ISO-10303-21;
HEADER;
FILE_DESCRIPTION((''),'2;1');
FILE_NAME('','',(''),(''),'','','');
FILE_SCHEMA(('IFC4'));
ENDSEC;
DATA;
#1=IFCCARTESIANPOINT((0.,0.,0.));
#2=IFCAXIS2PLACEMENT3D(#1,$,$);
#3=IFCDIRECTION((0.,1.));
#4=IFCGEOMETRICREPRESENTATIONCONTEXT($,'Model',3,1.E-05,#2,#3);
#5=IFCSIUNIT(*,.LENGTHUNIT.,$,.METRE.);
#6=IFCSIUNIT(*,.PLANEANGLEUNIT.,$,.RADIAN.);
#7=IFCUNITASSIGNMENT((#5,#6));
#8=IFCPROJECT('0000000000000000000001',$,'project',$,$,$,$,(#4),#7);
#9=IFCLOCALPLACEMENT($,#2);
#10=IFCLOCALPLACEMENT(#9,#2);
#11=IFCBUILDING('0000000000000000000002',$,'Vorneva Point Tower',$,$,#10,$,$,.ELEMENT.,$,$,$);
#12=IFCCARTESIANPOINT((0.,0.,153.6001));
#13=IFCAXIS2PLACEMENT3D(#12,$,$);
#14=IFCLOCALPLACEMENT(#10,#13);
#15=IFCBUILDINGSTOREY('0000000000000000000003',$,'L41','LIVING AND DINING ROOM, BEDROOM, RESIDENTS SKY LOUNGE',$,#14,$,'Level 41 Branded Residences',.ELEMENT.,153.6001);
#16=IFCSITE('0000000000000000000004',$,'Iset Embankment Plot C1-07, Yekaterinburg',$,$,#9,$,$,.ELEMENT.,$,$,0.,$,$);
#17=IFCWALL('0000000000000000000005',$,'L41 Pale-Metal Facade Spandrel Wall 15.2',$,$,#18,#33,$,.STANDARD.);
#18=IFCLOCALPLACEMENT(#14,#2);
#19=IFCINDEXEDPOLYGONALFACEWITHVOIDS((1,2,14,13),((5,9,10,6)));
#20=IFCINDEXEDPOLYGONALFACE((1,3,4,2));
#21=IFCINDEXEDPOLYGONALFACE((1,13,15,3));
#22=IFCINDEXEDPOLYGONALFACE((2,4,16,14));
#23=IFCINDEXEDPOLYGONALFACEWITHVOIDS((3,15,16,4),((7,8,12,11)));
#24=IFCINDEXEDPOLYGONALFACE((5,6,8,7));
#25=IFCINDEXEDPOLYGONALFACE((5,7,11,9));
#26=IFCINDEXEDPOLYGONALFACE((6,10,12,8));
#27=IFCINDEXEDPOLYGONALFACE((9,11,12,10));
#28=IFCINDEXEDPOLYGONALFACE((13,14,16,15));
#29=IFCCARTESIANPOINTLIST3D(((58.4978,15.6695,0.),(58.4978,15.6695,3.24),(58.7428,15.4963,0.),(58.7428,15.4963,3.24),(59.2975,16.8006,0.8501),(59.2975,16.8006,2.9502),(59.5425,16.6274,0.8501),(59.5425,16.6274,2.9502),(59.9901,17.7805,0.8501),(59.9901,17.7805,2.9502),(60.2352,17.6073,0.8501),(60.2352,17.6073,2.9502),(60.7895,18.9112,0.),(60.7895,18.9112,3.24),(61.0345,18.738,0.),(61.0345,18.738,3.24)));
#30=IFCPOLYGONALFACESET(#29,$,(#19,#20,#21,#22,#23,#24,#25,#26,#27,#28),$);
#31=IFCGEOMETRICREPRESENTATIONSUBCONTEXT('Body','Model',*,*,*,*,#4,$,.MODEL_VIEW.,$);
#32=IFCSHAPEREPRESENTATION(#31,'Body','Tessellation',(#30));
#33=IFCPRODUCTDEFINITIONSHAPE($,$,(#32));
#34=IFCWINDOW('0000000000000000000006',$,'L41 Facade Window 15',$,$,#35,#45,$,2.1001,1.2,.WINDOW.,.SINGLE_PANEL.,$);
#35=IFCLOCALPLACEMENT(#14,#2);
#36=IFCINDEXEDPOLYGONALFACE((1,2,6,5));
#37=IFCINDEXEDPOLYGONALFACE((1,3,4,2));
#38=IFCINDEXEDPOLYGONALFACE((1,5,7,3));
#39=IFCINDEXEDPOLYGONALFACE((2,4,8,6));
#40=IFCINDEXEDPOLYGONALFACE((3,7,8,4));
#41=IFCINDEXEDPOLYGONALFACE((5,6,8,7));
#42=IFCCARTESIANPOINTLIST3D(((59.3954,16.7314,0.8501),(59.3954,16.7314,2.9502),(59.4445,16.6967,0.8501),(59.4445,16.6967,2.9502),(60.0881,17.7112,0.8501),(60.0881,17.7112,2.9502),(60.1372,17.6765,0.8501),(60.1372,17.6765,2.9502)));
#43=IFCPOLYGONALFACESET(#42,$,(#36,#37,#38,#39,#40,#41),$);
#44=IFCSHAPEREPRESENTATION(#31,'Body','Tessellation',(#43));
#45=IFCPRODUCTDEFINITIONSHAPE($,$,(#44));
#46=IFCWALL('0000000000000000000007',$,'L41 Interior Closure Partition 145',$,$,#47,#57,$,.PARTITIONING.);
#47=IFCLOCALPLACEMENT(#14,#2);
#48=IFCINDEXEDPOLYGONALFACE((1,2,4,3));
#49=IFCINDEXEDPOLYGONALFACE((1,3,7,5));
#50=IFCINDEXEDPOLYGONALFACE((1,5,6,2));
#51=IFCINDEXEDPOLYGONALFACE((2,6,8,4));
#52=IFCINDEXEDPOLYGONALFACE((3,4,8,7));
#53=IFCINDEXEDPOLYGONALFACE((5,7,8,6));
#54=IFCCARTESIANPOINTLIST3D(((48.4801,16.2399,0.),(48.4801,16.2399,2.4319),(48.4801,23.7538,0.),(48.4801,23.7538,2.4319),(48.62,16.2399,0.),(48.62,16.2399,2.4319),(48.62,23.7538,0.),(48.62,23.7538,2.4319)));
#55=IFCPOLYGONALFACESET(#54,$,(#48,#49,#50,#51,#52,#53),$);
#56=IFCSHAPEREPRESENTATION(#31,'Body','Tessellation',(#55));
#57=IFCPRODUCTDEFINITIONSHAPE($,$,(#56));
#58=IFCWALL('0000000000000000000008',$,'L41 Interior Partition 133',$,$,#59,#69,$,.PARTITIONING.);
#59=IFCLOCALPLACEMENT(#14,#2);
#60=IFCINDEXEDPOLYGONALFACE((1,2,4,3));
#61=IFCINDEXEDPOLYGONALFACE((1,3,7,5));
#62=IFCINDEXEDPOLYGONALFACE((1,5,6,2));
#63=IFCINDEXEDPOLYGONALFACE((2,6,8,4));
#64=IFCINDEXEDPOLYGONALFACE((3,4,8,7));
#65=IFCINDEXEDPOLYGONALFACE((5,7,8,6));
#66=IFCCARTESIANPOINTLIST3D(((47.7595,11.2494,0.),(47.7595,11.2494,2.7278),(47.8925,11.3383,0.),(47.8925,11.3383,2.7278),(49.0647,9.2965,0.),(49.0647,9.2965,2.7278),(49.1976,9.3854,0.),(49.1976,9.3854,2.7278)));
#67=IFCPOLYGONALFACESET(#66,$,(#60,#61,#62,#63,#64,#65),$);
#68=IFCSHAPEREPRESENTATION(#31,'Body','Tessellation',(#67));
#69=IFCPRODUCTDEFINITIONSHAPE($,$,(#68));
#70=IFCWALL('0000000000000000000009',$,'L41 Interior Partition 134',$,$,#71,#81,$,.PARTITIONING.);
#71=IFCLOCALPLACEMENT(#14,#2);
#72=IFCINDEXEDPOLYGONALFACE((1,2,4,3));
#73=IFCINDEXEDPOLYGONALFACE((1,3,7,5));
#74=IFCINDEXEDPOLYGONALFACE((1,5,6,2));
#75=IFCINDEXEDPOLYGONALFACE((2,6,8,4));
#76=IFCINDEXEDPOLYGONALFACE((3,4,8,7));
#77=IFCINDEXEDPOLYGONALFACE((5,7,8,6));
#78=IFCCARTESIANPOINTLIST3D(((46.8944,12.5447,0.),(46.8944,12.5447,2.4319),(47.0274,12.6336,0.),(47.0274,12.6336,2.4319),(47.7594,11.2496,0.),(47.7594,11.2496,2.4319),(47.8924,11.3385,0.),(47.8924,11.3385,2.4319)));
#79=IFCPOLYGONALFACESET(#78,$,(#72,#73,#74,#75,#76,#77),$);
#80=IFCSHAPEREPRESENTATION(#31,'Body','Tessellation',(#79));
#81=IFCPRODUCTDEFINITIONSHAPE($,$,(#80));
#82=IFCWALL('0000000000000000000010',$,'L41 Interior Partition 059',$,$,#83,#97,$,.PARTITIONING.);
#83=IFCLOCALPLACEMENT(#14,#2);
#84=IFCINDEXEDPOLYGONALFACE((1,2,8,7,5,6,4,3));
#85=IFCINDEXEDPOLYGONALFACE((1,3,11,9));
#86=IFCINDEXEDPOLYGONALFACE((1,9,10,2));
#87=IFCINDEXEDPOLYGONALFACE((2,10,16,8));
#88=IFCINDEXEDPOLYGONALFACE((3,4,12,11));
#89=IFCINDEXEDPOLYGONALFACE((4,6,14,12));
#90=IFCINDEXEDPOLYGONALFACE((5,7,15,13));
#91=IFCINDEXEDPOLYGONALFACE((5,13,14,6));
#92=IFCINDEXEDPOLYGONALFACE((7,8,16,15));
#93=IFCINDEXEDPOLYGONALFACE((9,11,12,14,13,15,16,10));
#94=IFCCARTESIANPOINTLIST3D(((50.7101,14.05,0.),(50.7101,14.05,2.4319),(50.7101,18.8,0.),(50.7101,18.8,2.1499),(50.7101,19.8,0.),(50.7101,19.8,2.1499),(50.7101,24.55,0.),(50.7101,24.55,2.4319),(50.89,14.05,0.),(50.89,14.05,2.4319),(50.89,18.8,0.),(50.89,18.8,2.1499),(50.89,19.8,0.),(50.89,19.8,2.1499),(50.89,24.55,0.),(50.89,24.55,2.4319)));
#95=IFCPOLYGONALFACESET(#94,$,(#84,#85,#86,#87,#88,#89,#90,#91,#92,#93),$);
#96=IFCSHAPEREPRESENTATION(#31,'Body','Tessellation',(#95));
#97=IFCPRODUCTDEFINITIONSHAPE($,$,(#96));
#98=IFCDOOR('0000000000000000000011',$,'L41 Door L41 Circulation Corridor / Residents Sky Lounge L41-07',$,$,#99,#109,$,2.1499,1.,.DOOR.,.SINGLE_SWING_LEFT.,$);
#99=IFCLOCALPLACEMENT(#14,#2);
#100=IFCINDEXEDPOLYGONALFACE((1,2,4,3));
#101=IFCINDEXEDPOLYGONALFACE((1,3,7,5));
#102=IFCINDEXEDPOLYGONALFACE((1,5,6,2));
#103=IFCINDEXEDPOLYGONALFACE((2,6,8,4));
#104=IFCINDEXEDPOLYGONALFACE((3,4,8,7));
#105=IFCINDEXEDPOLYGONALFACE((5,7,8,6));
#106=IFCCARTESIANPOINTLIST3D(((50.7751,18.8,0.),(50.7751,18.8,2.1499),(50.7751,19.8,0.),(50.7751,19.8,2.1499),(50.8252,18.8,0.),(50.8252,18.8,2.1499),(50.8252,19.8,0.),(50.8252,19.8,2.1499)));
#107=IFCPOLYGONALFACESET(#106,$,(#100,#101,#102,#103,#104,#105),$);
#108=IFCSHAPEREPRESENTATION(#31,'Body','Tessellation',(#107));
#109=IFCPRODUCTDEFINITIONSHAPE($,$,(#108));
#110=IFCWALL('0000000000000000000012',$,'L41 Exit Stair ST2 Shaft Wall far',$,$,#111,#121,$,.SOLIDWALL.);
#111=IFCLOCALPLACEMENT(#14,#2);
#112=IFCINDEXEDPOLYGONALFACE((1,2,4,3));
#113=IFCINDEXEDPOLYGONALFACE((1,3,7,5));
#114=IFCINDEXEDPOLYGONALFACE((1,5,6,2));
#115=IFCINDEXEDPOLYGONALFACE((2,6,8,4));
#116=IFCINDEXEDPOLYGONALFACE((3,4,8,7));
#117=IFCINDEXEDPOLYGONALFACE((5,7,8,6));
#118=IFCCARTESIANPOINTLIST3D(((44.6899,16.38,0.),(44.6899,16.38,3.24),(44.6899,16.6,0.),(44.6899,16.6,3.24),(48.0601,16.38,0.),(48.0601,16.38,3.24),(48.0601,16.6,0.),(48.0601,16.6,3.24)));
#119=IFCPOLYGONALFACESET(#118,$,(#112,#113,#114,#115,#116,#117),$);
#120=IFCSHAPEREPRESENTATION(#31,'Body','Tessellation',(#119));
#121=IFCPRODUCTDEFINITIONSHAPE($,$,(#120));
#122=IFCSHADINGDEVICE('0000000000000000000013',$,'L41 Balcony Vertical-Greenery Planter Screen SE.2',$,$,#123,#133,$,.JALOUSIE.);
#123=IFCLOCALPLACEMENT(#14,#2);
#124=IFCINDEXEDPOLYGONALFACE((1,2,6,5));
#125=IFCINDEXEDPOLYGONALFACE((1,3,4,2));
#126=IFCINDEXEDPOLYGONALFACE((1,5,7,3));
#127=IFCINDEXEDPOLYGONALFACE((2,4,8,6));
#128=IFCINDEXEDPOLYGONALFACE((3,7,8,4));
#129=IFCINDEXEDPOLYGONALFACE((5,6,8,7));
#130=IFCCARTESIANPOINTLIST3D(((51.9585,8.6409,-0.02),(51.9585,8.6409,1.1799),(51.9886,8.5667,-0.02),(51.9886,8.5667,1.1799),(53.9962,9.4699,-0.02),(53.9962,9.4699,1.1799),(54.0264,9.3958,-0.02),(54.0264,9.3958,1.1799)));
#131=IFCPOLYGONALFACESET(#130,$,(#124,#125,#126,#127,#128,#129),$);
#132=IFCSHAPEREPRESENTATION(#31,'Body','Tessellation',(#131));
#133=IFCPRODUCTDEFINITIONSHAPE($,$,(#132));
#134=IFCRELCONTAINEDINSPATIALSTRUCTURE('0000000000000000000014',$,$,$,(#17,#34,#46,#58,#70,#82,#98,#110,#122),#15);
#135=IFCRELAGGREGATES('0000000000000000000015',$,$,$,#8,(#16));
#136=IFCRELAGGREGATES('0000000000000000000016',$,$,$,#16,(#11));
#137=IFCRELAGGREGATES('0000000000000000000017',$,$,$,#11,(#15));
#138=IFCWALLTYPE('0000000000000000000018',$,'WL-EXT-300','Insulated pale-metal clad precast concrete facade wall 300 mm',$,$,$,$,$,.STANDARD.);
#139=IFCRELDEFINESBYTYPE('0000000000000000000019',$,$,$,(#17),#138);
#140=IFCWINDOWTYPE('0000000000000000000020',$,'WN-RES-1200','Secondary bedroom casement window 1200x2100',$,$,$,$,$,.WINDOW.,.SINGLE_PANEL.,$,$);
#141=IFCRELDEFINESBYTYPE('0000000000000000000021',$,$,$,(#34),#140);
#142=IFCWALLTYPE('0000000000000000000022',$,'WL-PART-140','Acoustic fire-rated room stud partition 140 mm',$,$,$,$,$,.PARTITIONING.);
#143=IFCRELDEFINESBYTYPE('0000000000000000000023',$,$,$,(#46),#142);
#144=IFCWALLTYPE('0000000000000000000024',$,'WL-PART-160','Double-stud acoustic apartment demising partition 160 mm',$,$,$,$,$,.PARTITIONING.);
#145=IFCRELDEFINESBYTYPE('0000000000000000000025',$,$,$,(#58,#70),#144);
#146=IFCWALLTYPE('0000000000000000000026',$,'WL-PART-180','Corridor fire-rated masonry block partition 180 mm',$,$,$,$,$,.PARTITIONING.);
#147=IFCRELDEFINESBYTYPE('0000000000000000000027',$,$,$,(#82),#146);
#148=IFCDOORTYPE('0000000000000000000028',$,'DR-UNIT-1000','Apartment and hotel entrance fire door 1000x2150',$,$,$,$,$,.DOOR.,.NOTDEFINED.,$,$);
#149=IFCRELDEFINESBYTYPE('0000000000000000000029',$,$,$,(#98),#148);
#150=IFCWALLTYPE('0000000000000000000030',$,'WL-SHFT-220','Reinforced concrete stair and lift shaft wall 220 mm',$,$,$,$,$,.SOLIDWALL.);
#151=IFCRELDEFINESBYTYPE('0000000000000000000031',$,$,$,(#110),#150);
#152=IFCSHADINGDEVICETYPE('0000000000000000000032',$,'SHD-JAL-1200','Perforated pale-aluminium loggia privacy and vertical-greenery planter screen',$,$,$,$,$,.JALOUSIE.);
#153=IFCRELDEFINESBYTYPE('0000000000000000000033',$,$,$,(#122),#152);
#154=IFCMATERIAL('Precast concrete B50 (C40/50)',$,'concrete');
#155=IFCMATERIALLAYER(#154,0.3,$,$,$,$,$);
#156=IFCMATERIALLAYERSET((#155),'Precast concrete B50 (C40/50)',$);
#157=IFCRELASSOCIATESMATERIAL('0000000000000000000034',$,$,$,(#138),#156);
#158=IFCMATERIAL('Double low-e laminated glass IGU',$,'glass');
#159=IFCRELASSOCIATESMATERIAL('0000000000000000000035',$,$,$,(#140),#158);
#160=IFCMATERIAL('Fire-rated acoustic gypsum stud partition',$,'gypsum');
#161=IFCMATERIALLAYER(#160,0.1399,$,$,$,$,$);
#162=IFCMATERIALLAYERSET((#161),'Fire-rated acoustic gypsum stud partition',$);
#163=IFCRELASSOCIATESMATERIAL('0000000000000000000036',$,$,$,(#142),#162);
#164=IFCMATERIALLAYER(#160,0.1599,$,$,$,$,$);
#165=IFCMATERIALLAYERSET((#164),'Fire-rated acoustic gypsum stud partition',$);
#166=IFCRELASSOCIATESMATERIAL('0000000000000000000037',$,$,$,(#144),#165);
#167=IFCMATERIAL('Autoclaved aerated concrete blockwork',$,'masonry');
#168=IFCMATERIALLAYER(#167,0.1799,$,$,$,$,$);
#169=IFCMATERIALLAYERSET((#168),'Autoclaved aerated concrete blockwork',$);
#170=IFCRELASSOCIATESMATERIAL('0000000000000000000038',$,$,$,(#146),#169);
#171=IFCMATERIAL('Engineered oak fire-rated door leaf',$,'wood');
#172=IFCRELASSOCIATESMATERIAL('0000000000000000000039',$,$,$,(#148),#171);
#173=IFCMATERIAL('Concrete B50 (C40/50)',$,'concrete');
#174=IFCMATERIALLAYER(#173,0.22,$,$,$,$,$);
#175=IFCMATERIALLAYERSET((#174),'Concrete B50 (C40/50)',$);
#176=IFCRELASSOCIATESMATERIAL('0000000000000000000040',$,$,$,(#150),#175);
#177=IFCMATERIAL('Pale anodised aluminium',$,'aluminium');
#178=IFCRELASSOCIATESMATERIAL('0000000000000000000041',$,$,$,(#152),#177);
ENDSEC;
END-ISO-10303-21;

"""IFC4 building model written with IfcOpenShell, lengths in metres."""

from ifc_helpers import new_model, si_unit, direction, frame, frame_2d, origin, origin_2d, place, context, subcontext, project, spatial, rectangle, extrude, material, layer, layer_set, type_object, element, fill, save


model = new_model("IFC4")

# Units and contexts
model_context = context("Model", 3, precision=1e-05, world=origin(), true_north=direction((0.0, 1.0)))
body_context = subcontext(model_context, "Body", "Model", "MODEL_VIEW")
ifc_project = project(units=[si_unit("LENGTHUNIT", "METRE"), si_unit("PLANEANGLEUNIT", "RADIAN")], contexts=[model_context])

# Site, building, storey
site_placement = place(None, origin())
site = spatial("IfcSite", under=ifc_project, at=site_placement, Name="Iset Embankment Plot C1-07, Yekaterinburg", CompositionType="ELEMENT", RefElevation=0.0)
building_placement = place(site_placement, origin())
building = spatial("IfcBuilding", under=site, at=building_placement, Name="Vorneva Point Tower", CompositionType="ELEMENT")
storey_placement = place(building_placement, frame((0.0, 0.0, 153.6001)))
storey = spatial("IfcBuildingStorey", under=building, at=storey_placement, Name="L41", Description="LIVING AND DINING ROOM, BEDROOM, RESIDENTS SKY LOUNGE", LongName="Level 41 Branded Residences", CompositionType="ELEMENT", Elevation=153.6001)

# Shared definitions
ifc_material_1 = material(Name="Pale anodised aluminium", Category="aluminium")

# Shared definitions
ifc_material_2 = material(Name="Double low-e laminated glass IGU", Category="glass")

# Shared definitions
ifc_material_3 = material(Name="Precast concrete B50 (C40/50)", Category="concrete")
ifc_layer_1 = layer(ifc_material_3, 0.3)
ifc_layer_set_1 = layer_set([ifc_layer_1], Name="Precast concrete B50 (C40/50)")
wall_type_1 = type_object("IfcWallType", Name="WL-EXT-300", Description="Insulated pale-metal clad precast concrete facade wall 300 mm", PredefinedType="STANDARD", material=ifc_layer_set_1)

# Wall, opening, window
wall_1_placement = place(storey_placement, frame((58.6204, 15.583, 0.0), z_axis=(0.0, 0.0, 1.0), x_axis=(0.57727, 0.816554, 0.0)))
wall_1 = element("IfcWall", 1, at=wall_1_placement, inside=storey, type_object=wall_type_1, Name="L41 Pale-Metal Facade Spandrel Wall 15.2", PredefinedType="STANDARD", context=body_context, shape_type="SweptSolid", body=[
    extrude(rectangle(XDim=3.97, YDim=0.3, at=frame_2d((1.9849, 0.0))), origin(), (0.0, 0.0, 1.0), 3.24),
])
opening_1_placement = place(wall_1_placement, frame((1.385, 0.0, 0.8501)))
opening_1 = element("IfcOpeningElement", 2, at=opening_1_placement, cuts=wall_1, PredefinedType="OPENING", context=body_context, shape_type="SweptSolid", body=[
    extrude(rectangle(XDim=1.2, YDim=2.1001, at=frame_2d((0.6001, 1.05))), frame((0.0, 0.165, 0.0), z_axis=(0.0, -1.0, 0.0), x_axis=(1.0, 0.0, 0.0)), (0.0, 0.0, 1.0), 0.3298),
])
window_type = type_object("IfcWindowType", Name="WN-RES-1200", Description="Secondary bedroom casement window 1200x2100", PartitioningType="SINGLE_PANEL", PredefinedType="WINDOW", material=ifc_material_2)
window_placement = place(opening_1_placement, origin())
window = element("IfcWindow", 3, at=window_placement, inside=storey, type_object=window_type, Name="L41 Facade Window 15", OverallHeight=2.1001, OverallWidth=1.2, PartitioningType="SINGLE_PANEL", PredefinedType="WINDOW", context=body_context, shape_type="SweptSolid", body=[
    extrude(rectangle(XDim=1.2, YDim=2.1001, at=frame_2d((0.6001, 1.05))), frame((0.0, 0.03, 0.0), z_axis=(0.0, -1.0, 0.0), x_axis=(1.0, 0.0, 0.0)), (0.0, 0.0, 1.0), 0.0601),
])
fill(opening_1, window)

# Walls
ifc_material_4 = material(Name="Fire-rated acoustic gypsum stud partition", Category="gypsum")
ifc_layer_2 = layer(ifc_material_4, 0.1399)
ifc_layer_set_2 = layer_set([ifc_layer_2], Name="Fire-rated acoustic gypsum stud partition")
wall_type_2 = type_object("IfcWallType", Name="WL-PART-140", Description="Acoustic fire-rated room stud partition 140 mm", PredefinedType="PARTITIONING", material=ifc_layer_set_2)
wall_2_placement = place(storey_placement, frame((48.55, 16.24, 0.0), z_axis=(0.0, 0.0, 1.0), x_axis=(0.0, 1.0, 0.0)))
element("IfcWall", 4, at=wall_2_placement, inside=storey, type_object=wall_type_2, Name="L41 Interior Closure Partition 145", PredefinedType="PARTITIONING", context=body_context, shape_type="SweptSolid", body=[
    extrude(rectangle(XDim=7.5139, YDim=0.1399, at=frame_2d((3.7568, 0.0))), origin(), (0.0, 0.0, 1.0), 2.4319),
])
ifc_layer_3 = layer(ifc_material_4, 0.1599)
ifc_layer_set_3 = layer_set([ifc_layer_3], Name="Fire-rated acoustic gypsum stud partition")
wall_type_3 = type_object("IfcWallType", Name="WL-PART-160", Description="Double-stud acoustic apartment demising partition 160 mm", PredefinedType="PARTITIONING", material=ifc_layer_set_3)
wall_3_placement = place(storey_placement, frame((49.1311, 9.3411, 0.0), z_axis=(0.0, 0.0, 1.0), x_axis=(-0.555659, 0.83141, 0.0)))
element("IfcWall", 5, at=wall_3_placement, inside=storey, type_object=wall_type_3, Name="L41 Interior Partition 133", PredefinedType="PARTITIONING", context=body_context, shape_type="SweptSolid", body=[
    extrude(rectangle(XDim=2.3489, YDim=0.1599, at=frame_2d((1.1743, 0.0))), origin(), (0.0, 0.0, 1.0), 2.7278),
])
wall_4_placement = place(storey_placement, frame((47.8259, 11.2939, 0.0), z_axis=(0.0, 0.0, 1.0), x_axis=(-0.555387, 0.831592, 0.0)))
element("IfcWall", 6, at=wall_4_placement, inside=storey, type_object=wall_type_3, Name="L41 Interior Partition 134", PredefinedType="PARTITIONING", context=body_context, shape_type="SweptSolid", body=[
    extrude(rectangle(XDim=1.5574, YDim=0.1599, at=frame_2d((0.7788, 0.0))), origin(), (0.0, 0.0, 1.0), 2.4319),
])

# Wall, opening, door
ifc_material_5 = material(Name="Autoclaved aerated concrete blockwork", Category="masonry")
ifc_layer_4 = layer(ifc_material_5, 0.1799)
ifc_layer_set_4 = layer_set([ifc_layer_4], Name="Autoclaved aerated concrete blockwork")
wall_type_4 = type_object("IfcWallType", Name="WL-PART-180", Description="Corridor fire-rated masonry block partition 180 mm", PredefinedType="PARTITIONING", material=ifc_layer_set_4)
wall_5_placement = place(storey_placement, frame((50.8, 14.05, 0.0), z_axis=(0.0, 0.0, 1.0), x_axis=(0.0, 1.0, 0.0)))
wall_5 = element("IfcWall", 7, at=wall_5_placement, inside=storey, type_object=wall_type_4, Name="L41 Interior Partition 059", PredefinedType="PARTITIONING", context=body_context, shape_type="SweptSolid", body=[
    extrude(rectangle(XDim=10.5, YDim=0.1799, at=frame_2d((5.25, 0.0))), origin(), (0.0, 0.0, 1.0), 2.4319),
])
opening_2_placement = place(wall_5_placement, frame((4.75, 0.0, 0.0)))
opening_2 = element("IfcOpeningElement", 8, at=opening_2_placement, cuts=wall_5, PredefinedType="OPENING", context=body_context, shape_type="SweptSolid", body=[
    extrude(rectangle(XDim=1.0, YDim=2.1499, at=frame_2d((0.5, 1.075))), frame((0.0, 0.105, 0.0), z_axis=(0.0, -1.0, 0.0), x_axis=(1.0, 0.0, 0.0)), (0.0, 0.0, 1.0), 0.2097),
])
ifc_material_6 = material(Name="Engineered oak fire-rated door leaf", Category="wood")
door_type_1 = type_object("IfcDoorType", Name="DR-UNIT-1000", Description="Apartment and hotel entrance fire door 1000x2150", OperationType="NOTDEFINED", PredefinedType="DOOR", material=ifc_material_6)
door_1_placement = place(opening_2_placement, origin())
door_1 = element("IfcDoor", 9, at=door_1_placement, inside=storey, type_object=door_type_1, Name="L41 Door L41 Circulation Corridor / Residents Sky Lounge L41-07", OperationType="SINGLE_SWING_LEFT", OverallHeight=2.1499, OverallWidth=1.0, PredefinedType="DOOR", context=body_context, shape_type="SweptSolid", body=[
    extrude(rectangle(XDim=1.0, YDim=2.1499, at=frame_2d((0.5, 1.075))), frame((0.0, 0.0249, 0.0), z_axis=(0.0, -1.0, 0.0), x_axis=(1.0, 0.0, 0.0)), (0.0, 0.0, 1.0), 0.05),
])
fill(opening_2, door_1)

# Wall
ifc_material_7 = material(Name="Concrete B50 (C40/50)", Category="concrete")
ifc_layer_5 = layer(ifc_material_7, 0.22)
ifc_layer_set_5 = layer_set([ifc_layer_5], Name="Concrete B50 (C40/50)")
wall_type_5 = type_object("IfcWallType", Name="WL-SHFT-220", Description="Reinforced concrete stair and lift shaft wall 220 mm", PredefinedType="SOLIDWALL", material=ifc_layer_set_5)
wall_6_placement = place(storey_placement, frame((48.0601, 16.49, 0.0), z_axis=(0.0, 0.0, 1.0), x_axis=(-1.0, 0.0, 0.0)))
element("IfcWall", 10, at=wall_6_placement, inside=storey, type_object=wall_type_5, Name="L41 Exit Stair ST2 Shaft Wall far", PredefinedType="SOLIDWALL", context=body_context, shape_type="SweptSolid", body=[
    extrude(rectangle(XDim=3.3701, YDim=0.22, at=frame_2d((1.6851, 0.0))), origin(), (0.0, 0.0, 1.0), 3.24),
])

# Shading device
shading_device_type = type_object("IfcShadingDeviceType", Name="SHD-JAL-1200", Description="Perforated pale-aluminium loggia privacy and vertical-greenery planter screen", PredefinedType="JALOUSIE", material=ifc_material_1)
shading_device_placement = place(storey_placement, frame((52.9924, 9.0183, -0.02), z_axis=(0.0, 0.0, 1.0), x_axis=(0.926272, 0.376855, 0.0)))
element("IfcShadingDevice", 11, at=shading_device_placement, inside=storey, type_object=shading_device_type, Name="L41 Balcony Vertical-Greenery Planter Screen SE.2", PredefinedType="JALOUSIE", context=body_context, shape_type="SweptSolid", body=[
    extrude(rectangle(XDim=2.2, YDim=0.0801, at=origin_2d()), origin(), (0.0, 0.0, 1.0), 1.2),
])

save(model, "model.ifc")
